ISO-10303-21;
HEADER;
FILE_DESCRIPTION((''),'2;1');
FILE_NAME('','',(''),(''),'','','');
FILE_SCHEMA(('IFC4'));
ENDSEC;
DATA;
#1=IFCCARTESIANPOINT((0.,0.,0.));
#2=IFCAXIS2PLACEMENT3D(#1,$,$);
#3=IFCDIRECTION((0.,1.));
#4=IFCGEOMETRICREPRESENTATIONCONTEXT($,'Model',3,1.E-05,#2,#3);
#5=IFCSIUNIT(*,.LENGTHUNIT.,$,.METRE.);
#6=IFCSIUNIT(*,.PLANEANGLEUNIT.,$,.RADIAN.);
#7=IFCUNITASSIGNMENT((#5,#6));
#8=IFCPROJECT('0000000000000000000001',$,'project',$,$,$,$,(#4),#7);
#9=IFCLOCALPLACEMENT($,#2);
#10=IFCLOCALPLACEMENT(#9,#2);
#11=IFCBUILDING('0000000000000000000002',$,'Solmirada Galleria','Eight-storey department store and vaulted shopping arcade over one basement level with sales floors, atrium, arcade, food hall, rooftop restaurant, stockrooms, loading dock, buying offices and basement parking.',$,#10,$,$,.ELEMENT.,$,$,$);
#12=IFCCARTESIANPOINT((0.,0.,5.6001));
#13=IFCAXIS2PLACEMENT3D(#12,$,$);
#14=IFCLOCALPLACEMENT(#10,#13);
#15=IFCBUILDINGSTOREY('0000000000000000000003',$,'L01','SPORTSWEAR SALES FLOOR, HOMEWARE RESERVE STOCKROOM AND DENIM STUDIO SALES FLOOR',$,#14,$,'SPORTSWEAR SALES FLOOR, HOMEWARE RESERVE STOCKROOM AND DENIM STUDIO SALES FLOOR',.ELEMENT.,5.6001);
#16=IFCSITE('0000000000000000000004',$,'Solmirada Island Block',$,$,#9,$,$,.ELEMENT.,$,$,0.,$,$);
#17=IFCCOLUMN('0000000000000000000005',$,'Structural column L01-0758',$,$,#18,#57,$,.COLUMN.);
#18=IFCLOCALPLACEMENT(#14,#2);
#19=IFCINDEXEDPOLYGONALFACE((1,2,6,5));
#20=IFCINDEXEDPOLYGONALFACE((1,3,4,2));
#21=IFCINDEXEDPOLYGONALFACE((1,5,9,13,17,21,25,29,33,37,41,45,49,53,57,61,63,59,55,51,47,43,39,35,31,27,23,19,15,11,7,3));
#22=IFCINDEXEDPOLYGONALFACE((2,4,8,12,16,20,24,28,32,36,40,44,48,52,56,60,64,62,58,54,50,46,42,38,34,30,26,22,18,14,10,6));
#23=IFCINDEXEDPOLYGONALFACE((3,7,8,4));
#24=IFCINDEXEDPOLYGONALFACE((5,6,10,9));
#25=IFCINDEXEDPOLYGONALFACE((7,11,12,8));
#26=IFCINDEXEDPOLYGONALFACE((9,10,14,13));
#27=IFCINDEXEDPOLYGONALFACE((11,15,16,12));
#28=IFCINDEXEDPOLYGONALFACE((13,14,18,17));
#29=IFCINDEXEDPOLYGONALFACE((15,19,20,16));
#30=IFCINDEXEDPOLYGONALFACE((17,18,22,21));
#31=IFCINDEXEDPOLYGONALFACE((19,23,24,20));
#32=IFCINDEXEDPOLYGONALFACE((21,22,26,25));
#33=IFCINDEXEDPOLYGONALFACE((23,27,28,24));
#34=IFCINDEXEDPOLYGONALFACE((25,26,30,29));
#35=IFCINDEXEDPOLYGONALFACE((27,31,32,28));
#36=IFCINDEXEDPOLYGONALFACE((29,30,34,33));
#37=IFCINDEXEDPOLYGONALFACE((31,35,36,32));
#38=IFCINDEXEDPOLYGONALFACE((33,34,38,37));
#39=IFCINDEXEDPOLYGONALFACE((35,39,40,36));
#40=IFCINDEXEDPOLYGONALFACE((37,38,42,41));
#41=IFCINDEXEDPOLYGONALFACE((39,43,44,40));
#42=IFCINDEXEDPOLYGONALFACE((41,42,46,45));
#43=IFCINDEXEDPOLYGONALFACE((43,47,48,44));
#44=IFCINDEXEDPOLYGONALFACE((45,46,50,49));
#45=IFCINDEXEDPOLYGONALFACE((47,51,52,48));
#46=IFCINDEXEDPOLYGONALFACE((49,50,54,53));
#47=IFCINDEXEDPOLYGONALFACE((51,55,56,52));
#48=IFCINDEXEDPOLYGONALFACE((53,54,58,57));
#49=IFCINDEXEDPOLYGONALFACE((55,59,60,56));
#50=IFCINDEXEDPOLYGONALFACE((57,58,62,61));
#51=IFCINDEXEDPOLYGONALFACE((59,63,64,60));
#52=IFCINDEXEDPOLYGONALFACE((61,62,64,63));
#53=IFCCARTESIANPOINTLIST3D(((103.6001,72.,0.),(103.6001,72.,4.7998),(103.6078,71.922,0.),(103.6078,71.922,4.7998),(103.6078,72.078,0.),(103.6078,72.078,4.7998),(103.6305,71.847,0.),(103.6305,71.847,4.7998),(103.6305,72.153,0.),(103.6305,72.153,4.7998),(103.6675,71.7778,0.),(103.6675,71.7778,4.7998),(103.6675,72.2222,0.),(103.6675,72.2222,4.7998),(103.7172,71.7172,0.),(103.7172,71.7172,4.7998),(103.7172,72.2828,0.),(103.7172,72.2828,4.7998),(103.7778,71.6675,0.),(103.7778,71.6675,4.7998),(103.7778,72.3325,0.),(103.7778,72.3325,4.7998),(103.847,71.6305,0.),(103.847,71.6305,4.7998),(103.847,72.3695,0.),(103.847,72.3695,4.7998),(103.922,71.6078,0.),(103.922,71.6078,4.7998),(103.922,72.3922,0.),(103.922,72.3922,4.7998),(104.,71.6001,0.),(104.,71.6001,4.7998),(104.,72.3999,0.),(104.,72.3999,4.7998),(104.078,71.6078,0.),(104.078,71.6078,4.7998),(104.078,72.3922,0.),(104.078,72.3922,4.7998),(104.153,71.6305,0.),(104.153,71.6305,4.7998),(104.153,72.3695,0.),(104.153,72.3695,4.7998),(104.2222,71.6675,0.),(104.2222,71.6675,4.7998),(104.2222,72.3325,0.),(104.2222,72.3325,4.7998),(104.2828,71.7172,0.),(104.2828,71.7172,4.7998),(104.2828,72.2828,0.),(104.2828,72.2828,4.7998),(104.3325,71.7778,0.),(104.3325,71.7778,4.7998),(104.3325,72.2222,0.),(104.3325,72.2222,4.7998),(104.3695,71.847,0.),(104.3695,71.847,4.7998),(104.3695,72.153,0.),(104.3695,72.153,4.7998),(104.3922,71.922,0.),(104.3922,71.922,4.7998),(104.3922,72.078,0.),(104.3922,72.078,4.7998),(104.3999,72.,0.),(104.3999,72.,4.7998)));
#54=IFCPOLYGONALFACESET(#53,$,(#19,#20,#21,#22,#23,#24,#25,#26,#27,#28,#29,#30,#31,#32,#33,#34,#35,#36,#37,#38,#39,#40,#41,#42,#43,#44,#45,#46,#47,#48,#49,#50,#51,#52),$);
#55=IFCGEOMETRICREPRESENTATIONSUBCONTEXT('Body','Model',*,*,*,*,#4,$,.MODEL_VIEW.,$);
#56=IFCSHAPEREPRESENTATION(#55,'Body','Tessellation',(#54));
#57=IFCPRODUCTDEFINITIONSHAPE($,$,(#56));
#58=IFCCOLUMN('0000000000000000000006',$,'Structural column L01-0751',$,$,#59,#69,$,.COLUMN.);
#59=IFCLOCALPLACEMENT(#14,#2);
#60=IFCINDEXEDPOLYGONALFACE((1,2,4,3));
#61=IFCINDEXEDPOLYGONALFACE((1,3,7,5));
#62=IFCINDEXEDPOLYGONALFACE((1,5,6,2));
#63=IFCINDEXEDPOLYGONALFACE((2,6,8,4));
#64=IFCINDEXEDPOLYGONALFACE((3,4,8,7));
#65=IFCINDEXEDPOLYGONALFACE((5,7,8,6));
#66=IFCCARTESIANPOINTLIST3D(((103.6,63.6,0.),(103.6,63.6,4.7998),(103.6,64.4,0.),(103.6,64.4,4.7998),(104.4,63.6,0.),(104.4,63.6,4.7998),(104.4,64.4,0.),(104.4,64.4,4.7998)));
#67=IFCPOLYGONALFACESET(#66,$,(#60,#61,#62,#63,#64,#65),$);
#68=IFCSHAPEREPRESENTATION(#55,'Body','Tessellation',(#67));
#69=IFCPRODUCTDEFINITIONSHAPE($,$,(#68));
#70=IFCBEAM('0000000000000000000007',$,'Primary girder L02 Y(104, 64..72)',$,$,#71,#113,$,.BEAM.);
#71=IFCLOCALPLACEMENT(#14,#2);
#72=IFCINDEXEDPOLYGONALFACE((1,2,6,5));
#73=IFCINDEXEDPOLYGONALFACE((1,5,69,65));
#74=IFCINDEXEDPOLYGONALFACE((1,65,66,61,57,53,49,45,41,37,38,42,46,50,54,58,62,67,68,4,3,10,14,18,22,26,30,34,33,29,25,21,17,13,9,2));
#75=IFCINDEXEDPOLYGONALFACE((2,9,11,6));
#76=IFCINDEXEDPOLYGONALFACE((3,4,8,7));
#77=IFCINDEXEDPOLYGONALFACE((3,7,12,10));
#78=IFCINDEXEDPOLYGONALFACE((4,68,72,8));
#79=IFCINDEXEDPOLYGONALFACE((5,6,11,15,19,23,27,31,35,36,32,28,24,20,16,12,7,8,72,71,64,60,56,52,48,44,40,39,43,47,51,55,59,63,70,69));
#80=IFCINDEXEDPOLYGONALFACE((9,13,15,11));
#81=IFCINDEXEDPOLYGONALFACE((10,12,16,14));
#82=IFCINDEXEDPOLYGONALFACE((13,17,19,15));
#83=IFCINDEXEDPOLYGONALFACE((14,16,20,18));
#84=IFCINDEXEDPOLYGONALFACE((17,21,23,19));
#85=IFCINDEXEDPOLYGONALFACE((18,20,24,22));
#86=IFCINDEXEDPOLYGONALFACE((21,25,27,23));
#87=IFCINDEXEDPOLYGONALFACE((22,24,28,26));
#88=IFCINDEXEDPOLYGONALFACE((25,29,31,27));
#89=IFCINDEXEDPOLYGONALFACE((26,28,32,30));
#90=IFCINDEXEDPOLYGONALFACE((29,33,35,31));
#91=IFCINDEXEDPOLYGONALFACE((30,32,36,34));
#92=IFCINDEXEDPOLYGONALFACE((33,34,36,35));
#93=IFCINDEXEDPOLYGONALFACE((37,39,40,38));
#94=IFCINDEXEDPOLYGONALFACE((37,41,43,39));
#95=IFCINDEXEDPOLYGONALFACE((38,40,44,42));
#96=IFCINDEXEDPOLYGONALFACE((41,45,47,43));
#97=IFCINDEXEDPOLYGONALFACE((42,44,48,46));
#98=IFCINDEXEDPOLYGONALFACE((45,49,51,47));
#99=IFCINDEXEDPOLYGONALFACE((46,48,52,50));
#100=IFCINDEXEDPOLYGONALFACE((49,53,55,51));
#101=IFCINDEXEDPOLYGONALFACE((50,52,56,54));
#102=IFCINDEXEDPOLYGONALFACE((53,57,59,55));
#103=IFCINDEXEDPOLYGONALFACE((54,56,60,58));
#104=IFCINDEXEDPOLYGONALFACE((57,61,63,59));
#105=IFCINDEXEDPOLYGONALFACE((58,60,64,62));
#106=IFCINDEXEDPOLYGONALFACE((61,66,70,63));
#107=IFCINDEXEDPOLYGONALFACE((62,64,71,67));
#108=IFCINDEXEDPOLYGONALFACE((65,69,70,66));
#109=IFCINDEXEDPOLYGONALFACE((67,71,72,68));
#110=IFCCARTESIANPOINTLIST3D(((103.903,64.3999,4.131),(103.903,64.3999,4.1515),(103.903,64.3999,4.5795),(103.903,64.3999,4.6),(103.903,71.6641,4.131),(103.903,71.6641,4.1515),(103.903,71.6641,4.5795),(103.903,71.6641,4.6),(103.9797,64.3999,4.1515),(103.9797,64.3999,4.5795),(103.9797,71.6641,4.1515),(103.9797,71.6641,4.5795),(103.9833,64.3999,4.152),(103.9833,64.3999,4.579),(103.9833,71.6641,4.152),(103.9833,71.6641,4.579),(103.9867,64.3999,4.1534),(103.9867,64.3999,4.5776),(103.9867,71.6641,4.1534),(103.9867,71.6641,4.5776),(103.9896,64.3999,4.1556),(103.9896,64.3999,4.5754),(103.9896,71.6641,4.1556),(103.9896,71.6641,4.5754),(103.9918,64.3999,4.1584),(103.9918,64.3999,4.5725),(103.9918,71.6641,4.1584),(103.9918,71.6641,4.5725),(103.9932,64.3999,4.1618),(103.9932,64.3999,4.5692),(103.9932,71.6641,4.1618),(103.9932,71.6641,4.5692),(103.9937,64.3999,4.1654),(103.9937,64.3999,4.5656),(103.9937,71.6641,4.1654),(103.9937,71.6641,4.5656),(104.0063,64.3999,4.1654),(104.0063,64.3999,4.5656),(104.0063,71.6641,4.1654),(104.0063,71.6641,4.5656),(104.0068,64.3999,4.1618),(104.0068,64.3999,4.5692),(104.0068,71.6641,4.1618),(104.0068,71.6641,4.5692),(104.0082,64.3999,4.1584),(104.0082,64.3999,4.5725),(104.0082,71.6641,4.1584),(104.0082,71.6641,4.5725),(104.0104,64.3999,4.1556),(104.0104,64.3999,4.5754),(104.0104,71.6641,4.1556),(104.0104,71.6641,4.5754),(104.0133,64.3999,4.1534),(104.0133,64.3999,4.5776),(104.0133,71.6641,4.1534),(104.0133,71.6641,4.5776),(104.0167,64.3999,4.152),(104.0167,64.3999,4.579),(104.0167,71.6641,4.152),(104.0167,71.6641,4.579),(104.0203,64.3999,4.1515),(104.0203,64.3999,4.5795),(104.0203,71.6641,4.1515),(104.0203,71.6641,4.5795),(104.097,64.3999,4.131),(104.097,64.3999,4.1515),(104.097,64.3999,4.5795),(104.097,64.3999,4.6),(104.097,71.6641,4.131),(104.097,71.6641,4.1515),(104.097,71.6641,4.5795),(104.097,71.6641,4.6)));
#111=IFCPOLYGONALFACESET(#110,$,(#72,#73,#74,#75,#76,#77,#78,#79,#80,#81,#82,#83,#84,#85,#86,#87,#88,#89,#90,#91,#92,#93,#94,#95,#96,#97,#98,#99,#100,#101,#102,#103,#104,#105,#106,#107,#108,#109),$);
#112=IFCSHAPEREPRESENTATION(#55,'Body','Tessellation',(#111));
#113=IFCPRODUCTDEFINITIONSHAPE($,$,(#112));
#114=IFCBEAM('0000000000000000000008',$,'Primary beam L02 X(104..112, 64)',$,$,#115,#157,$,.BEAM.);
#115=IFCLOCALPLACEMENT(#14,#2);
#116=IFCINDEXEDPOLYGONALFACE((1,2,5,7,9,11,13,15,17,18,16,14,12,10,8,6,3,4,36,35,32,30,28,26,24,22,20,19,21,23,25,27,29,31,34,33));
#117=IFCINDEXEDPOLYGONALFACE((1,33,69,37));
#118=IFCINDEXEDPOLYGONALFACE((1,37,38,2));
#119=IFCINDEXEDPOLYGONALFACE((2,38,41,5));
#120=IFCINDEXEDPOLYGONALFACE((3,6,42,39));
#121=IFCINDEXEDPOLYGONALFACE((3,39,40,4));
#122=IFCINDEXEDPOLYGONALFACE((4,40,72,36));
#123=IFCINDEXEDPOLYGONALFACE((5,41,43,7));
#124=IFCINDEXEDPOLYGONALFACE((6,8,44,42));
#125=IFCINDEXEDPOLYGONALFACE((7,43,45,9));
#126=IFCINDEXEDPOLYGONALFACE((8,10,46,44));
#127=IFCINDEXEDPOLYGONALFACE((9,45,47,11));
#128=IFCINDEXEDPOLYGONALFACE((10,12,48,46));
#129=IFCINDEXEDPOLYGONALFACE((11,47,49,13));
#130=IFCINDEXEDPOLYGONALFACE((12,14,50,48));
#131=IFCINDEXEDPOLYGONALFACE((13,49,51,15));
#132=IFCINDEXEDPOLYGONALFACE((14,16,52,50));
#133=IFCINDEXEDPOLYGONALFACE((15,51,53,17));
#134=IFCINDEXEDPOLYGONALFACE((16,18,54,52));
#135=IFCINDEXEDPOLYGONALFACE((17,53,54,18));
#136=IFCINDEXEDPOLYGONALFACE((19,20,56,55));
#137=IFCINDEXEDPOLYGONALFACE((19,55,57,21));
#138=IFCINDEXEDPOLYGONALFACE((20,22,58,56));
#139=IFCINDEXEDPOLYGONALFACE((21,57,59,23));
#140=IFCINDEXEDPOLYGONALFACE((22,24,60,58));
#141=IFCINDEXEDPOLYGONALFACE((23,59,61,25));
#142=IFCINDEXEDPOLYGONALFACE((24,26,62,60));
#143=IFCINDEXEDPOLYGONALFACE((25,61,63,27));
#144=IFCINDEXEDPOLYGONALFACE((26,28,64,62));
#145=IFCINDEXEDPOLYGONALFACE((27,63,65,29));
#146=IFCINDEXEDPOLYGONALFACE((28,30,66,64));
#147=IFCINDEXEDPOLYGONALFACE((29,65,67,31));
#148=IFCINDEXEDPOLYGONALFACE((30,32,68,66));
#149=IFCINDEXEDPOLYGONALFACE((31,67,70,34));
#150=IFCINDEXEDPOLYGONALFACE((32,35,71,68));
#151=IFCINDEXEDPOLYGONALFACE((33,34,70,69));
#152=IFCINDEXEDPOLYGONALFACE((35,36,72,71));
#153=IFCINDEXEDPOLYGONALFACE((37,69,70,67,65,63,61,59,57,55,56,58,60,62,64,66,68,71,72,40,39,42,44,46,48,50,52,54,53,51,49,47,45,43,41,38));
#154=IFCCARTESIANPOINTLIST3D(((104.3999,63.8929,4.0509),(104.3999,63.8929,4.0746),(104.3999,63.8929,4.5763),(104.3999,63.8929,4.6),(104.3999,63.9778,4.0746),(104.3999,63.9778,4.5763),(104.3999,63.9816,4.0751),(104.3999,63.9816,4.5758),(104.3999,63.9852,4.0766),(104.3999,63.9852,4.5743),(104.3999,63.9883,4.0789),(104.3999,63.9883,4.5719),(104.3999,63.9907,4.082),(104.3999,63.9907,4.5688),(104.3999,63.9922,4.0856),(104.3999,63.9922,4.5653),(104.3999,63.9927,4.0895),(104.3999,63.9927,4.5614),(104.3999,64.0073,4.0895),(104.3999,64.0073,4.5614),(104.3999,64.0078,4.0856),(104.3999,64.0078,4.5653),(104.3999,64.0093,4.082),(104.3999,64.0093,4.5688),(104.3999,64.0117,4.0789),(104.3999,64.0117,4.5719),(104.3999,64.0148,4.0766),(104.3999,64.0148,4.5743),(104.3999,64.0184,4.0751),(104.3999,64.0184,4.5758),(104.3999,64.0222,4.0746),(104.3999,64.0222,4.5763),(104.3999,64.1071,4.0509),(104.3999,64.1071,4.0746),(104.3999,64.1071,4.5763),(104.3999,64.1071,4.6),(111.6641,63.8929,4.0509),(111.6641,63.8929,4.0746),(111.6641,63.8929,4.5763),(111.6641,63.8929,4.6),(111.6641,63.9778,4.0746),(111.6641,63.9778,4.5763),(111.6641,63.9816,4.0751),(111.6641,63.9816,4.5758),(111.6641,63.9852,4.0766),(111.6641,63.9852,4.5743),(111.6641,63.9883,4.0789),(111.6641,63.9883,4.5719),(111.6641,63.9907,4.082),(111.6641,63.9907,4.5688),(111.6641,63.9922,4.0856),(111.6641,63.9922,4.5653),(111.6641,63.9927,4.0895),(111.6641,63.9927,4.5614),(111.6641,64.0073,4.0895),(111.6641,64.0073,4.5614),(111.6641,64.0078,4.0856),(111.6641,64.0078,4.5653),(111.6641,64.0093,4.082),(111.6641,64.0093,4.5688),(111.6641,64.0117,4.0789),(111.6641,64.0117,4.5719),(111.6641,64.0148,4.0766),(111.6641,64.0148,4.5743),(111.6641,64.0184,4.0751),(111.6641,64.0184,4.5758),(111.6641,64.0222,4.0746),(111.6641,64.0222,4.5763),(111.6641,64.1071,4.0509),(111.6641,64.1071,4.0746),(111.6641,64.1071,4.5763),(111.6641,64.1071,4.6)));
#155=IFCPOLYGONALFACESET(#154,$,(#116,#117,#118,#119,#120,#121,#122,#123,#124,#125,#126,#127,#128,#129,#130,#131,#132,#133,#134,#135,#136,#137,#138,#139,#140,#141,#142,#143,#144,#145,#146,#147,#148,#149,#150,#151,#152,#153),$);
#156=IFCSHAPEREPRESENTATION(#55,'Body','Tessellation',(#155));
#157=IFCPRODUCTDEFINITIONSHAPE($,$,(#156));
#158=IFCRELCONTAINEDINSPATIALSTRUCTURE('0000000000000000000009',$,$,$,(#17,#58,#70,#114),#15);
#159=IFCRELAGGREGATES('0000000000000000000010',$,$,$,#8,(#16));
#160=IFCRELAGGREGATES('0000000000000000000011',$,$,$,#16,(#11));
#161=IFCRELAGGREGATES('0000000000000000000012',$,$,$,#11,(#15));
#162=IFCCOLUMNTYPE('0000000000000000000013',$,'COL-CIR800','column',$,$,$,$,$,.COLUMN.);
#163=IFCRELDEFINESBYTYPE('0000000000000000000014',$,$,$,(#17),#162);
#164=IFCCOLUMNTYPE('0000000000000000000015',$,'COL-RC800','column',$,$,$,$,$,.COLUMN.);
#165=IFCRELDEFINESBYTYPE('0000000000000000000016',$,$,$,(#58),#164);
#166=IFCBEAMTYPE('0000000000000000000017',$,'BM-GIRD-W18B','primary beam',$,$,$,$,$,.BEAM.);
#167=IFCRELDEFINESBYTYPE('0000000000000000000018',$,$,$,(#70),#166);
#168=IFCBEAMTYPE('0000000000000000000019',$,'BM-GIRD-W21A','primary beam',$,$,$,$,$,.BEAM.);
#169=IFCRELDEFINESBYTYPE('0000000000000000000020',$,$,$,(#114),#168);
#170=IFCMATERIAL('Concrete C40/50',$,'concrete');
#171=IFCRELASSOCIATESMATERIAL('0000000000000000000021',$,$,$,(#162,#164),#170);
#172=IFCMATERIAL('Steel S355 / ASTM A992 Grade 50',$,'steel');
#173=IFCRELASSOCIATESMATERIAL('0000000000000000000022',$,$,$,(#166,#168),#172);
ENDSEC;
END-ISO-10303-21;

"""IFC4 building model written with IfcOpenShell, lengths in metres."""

from ifc_helpers import new_model, si_unit, direction, frame, origin, origin_2d, place, context, subcontext, project, spatial, rectangle, circle, i_section, extrude, material, material_profile, profile_set, type_object, element, save


model = new_model("IFC4")

# Units and contexts
model_context = context("Model", 3, precision=1e-05, world=origin(), true_north=direction((0.0, 1.0)))
body_context = subcontext(model_context, "Body", "Model", "MODEL_VIEW")
ifc_project = project(units=[si_unit("LENGTHUNIT", "METRE"), si_unit("PLANEANGLEUNIT", "RADIAN")], contexts=[model_context])

# Site, building, storey
site_placement = place(None, origin())
site = spatial("IfcSite", under=ifc_project, at=site_placement, Name="Solmirada Island Block", CompositionType="ELEMENT", RefElevation=0.0)
building_placement = place(site_placement, origin())
building = spatial("IfcBuilding", under=site, at=building_placement, Name="Solmirada Galleria", Description="Eight-storey department store and vaulted shopping arcade over one basement level with sales floors, atrium, arcade, food hall, rooftop restaurant, stockrooms, loading dock, buying offices and basement parking.", CompositionType="ELEMENT")
storey_placement = place(building_placement, frame((0.0, 0.0, 5.6001)))
storey = spatial("IfcBuildingStorey", under=building, at=storey_placement, Name="L01", Description="SPORTSWEAR SALES FLOOR, HOMEWARE RESERVE STOCKROOM AND DENIM STUDIO SALES FLOOR", LongName="SPORTSWEAR SALES FLOOR, HOMEWARE RESERVE STOCKROOM AND DENIM STUDIO SALES FLOOR", CompositionType="ELEMENT", Elevation=5.6001)

# Columns
ifc_material_1 = material(Name="Concrete C40/50", Category="concrete")
ifc_material_profile_1 = material_profile(ifc_material_1, circle(Radius=0.3999, at=origin_2d()), Name="RCCOL800")
ifc_profile_set_1 = profile_set([ifc_material_profile_1], Name="Concrete C40/50")
column_type_1 = type_object("IfcColumnType", Name="COL-CIR800", Description="column", PredefinedType="COLUMN", material=ifc_profile_set_1)
column_1_placement = place(storey_placement, frame((104.0, 72.0, 0.0), z_axis=(0.0, 0.0, 1.0), x_axis=(1.0, 0.0, 0.0)))
element("IfcColumn", 1, at=column_1_placement, inside=storey, type_object=column_type_1, Name="Structural column L01-0758", PredefinedType="COLUMN", context=body_context, shape_type="SweptSolid", body=[
    extrude(circle(Radius=0.3999, at=origin_2d()), origin(), (0.0, 0.0, 1.0), 4.7998),
])
ifc_material_profile_2 = material_profile(ifc_material_1, rectangle(XDim=0.8, YDim=0.8, at=origin_2d()), Name="RC800X800")
ifc_profile_set_2 = profile_set([ifc_material_profile_2], Name="Concrete C40/50")
column_type_2 = type_object("IfcColumnType", Name="COL-RC800", Description="column", PredefinedType="COLUMN", material=ifc_profile_set_2)
column_2_placement = place(storey_placement, frame((104.0, 64.0, 0.0), z_axis=(0.0, 0.0, 1.0), x_axis=(1.0, 0.0, 0.0)))
element("IfcColumn", 2, at=column_2_placement, inside=storey, type_object=column_type_2, Name="Structural column L01-0751", PredefinedType="COLUMN", context=body_context, shape_type="SweptSolid", body=[
    extrude(rectangle(XDim=0.8, YDim=0.8, at=origin_2d()), origin(), (0.0, 0.0, 1.0), 4.7998),
])

# Beams
ifc_material_2 = material(Name="Steel S355 / ASTM A992 Grade 50", Category="steel")
ifc_material_profile_3 = material_profile(ifc_material_2, i_section(OverallWidth=0.1941, OverallDepth=0.469, WebThickness=0.0127, FlangeThickness=0.0205, FilletRadius=0.0139, at=origin_2d()), Name="W18X71")
ifc_profile_set_3 = profile_set([ifc_material_profile_3], Name="Steel S355 / ASTM A992 Grade 50")
beam_type_1 = type_object("IfcBeamType", Name="BM-GIRD-W18B", Description="primary beam", PredefinedType="BEAM", material=ifc_profile_set_3)
beam_1_placement = place(storey_placement, frame((104.0, 64.3999, 4.3655), z_axis=(0.0, 1.0, 0.0), x_axis=(-1.0, 0.0, 0.0)))
element("IfcBeam", 3, at=beam_1_placement, inside=storey, type_object=beam_type_1, Name="Primary girder L02 Y(104, 64..72)", PredefinedType="BEAM", context=body_context, shape_type="SweptSolid", body=[
    extrude(i_section(OverallWidth=0.1941, OverallDepth=0.469, WebThickness=0.0127, FlangeThickness=0.0205, FilletRadius=0.0139, at=origin_2d()), origin(), (0.0, 0.0, 1.0), 7.2642),
])
ifc_material_profile_4 = material_profile(ifc_material_2, i_section(OverallWidth=0.2141, OverallDepth=0.5491, WebThickness=0.0146, FlangeThickness=0.0237, FilletRadius=0.0149, at=origin_2d()), Name="W21X93")
ifc_profile_set_4 = profile_set([ifc_material_profile_4], Name="Steel S355 / ASTM A992 Grade 50")
beam_type_2 = type_object("IfcBeamType", Name="BM-GIRD-W21A", Description="primary beam", PredefinedType="BEAM", material=ifc_profile_set_4)
beam_2_placement = place(storey_placement, frame((104.3999, 64.0, 4.3254), z_axis=(1.0, 0.0, 0.0), x_axis=(0.0, 1.0, 0.0)))
element("IfcBeam", 4, at=beam_2_placement, inside=storey, type_object=beam_type_2, Name="Primary beam L02 X(104..112, 64)", PredefinedType="BEAM", context=body_context, shape_type="SweptSolid", body=[
    extrude(i_section(OverallWidth=0.2141, OverallDepth=0.5491, WebThickness=0.0146, FlangeThickness=0.0237, FilletRadius=0.0149, at=origin_2d()), origin(), (0.0, 0.0, 1.0), 7.2642),
])

save(model, "model.ifc")
